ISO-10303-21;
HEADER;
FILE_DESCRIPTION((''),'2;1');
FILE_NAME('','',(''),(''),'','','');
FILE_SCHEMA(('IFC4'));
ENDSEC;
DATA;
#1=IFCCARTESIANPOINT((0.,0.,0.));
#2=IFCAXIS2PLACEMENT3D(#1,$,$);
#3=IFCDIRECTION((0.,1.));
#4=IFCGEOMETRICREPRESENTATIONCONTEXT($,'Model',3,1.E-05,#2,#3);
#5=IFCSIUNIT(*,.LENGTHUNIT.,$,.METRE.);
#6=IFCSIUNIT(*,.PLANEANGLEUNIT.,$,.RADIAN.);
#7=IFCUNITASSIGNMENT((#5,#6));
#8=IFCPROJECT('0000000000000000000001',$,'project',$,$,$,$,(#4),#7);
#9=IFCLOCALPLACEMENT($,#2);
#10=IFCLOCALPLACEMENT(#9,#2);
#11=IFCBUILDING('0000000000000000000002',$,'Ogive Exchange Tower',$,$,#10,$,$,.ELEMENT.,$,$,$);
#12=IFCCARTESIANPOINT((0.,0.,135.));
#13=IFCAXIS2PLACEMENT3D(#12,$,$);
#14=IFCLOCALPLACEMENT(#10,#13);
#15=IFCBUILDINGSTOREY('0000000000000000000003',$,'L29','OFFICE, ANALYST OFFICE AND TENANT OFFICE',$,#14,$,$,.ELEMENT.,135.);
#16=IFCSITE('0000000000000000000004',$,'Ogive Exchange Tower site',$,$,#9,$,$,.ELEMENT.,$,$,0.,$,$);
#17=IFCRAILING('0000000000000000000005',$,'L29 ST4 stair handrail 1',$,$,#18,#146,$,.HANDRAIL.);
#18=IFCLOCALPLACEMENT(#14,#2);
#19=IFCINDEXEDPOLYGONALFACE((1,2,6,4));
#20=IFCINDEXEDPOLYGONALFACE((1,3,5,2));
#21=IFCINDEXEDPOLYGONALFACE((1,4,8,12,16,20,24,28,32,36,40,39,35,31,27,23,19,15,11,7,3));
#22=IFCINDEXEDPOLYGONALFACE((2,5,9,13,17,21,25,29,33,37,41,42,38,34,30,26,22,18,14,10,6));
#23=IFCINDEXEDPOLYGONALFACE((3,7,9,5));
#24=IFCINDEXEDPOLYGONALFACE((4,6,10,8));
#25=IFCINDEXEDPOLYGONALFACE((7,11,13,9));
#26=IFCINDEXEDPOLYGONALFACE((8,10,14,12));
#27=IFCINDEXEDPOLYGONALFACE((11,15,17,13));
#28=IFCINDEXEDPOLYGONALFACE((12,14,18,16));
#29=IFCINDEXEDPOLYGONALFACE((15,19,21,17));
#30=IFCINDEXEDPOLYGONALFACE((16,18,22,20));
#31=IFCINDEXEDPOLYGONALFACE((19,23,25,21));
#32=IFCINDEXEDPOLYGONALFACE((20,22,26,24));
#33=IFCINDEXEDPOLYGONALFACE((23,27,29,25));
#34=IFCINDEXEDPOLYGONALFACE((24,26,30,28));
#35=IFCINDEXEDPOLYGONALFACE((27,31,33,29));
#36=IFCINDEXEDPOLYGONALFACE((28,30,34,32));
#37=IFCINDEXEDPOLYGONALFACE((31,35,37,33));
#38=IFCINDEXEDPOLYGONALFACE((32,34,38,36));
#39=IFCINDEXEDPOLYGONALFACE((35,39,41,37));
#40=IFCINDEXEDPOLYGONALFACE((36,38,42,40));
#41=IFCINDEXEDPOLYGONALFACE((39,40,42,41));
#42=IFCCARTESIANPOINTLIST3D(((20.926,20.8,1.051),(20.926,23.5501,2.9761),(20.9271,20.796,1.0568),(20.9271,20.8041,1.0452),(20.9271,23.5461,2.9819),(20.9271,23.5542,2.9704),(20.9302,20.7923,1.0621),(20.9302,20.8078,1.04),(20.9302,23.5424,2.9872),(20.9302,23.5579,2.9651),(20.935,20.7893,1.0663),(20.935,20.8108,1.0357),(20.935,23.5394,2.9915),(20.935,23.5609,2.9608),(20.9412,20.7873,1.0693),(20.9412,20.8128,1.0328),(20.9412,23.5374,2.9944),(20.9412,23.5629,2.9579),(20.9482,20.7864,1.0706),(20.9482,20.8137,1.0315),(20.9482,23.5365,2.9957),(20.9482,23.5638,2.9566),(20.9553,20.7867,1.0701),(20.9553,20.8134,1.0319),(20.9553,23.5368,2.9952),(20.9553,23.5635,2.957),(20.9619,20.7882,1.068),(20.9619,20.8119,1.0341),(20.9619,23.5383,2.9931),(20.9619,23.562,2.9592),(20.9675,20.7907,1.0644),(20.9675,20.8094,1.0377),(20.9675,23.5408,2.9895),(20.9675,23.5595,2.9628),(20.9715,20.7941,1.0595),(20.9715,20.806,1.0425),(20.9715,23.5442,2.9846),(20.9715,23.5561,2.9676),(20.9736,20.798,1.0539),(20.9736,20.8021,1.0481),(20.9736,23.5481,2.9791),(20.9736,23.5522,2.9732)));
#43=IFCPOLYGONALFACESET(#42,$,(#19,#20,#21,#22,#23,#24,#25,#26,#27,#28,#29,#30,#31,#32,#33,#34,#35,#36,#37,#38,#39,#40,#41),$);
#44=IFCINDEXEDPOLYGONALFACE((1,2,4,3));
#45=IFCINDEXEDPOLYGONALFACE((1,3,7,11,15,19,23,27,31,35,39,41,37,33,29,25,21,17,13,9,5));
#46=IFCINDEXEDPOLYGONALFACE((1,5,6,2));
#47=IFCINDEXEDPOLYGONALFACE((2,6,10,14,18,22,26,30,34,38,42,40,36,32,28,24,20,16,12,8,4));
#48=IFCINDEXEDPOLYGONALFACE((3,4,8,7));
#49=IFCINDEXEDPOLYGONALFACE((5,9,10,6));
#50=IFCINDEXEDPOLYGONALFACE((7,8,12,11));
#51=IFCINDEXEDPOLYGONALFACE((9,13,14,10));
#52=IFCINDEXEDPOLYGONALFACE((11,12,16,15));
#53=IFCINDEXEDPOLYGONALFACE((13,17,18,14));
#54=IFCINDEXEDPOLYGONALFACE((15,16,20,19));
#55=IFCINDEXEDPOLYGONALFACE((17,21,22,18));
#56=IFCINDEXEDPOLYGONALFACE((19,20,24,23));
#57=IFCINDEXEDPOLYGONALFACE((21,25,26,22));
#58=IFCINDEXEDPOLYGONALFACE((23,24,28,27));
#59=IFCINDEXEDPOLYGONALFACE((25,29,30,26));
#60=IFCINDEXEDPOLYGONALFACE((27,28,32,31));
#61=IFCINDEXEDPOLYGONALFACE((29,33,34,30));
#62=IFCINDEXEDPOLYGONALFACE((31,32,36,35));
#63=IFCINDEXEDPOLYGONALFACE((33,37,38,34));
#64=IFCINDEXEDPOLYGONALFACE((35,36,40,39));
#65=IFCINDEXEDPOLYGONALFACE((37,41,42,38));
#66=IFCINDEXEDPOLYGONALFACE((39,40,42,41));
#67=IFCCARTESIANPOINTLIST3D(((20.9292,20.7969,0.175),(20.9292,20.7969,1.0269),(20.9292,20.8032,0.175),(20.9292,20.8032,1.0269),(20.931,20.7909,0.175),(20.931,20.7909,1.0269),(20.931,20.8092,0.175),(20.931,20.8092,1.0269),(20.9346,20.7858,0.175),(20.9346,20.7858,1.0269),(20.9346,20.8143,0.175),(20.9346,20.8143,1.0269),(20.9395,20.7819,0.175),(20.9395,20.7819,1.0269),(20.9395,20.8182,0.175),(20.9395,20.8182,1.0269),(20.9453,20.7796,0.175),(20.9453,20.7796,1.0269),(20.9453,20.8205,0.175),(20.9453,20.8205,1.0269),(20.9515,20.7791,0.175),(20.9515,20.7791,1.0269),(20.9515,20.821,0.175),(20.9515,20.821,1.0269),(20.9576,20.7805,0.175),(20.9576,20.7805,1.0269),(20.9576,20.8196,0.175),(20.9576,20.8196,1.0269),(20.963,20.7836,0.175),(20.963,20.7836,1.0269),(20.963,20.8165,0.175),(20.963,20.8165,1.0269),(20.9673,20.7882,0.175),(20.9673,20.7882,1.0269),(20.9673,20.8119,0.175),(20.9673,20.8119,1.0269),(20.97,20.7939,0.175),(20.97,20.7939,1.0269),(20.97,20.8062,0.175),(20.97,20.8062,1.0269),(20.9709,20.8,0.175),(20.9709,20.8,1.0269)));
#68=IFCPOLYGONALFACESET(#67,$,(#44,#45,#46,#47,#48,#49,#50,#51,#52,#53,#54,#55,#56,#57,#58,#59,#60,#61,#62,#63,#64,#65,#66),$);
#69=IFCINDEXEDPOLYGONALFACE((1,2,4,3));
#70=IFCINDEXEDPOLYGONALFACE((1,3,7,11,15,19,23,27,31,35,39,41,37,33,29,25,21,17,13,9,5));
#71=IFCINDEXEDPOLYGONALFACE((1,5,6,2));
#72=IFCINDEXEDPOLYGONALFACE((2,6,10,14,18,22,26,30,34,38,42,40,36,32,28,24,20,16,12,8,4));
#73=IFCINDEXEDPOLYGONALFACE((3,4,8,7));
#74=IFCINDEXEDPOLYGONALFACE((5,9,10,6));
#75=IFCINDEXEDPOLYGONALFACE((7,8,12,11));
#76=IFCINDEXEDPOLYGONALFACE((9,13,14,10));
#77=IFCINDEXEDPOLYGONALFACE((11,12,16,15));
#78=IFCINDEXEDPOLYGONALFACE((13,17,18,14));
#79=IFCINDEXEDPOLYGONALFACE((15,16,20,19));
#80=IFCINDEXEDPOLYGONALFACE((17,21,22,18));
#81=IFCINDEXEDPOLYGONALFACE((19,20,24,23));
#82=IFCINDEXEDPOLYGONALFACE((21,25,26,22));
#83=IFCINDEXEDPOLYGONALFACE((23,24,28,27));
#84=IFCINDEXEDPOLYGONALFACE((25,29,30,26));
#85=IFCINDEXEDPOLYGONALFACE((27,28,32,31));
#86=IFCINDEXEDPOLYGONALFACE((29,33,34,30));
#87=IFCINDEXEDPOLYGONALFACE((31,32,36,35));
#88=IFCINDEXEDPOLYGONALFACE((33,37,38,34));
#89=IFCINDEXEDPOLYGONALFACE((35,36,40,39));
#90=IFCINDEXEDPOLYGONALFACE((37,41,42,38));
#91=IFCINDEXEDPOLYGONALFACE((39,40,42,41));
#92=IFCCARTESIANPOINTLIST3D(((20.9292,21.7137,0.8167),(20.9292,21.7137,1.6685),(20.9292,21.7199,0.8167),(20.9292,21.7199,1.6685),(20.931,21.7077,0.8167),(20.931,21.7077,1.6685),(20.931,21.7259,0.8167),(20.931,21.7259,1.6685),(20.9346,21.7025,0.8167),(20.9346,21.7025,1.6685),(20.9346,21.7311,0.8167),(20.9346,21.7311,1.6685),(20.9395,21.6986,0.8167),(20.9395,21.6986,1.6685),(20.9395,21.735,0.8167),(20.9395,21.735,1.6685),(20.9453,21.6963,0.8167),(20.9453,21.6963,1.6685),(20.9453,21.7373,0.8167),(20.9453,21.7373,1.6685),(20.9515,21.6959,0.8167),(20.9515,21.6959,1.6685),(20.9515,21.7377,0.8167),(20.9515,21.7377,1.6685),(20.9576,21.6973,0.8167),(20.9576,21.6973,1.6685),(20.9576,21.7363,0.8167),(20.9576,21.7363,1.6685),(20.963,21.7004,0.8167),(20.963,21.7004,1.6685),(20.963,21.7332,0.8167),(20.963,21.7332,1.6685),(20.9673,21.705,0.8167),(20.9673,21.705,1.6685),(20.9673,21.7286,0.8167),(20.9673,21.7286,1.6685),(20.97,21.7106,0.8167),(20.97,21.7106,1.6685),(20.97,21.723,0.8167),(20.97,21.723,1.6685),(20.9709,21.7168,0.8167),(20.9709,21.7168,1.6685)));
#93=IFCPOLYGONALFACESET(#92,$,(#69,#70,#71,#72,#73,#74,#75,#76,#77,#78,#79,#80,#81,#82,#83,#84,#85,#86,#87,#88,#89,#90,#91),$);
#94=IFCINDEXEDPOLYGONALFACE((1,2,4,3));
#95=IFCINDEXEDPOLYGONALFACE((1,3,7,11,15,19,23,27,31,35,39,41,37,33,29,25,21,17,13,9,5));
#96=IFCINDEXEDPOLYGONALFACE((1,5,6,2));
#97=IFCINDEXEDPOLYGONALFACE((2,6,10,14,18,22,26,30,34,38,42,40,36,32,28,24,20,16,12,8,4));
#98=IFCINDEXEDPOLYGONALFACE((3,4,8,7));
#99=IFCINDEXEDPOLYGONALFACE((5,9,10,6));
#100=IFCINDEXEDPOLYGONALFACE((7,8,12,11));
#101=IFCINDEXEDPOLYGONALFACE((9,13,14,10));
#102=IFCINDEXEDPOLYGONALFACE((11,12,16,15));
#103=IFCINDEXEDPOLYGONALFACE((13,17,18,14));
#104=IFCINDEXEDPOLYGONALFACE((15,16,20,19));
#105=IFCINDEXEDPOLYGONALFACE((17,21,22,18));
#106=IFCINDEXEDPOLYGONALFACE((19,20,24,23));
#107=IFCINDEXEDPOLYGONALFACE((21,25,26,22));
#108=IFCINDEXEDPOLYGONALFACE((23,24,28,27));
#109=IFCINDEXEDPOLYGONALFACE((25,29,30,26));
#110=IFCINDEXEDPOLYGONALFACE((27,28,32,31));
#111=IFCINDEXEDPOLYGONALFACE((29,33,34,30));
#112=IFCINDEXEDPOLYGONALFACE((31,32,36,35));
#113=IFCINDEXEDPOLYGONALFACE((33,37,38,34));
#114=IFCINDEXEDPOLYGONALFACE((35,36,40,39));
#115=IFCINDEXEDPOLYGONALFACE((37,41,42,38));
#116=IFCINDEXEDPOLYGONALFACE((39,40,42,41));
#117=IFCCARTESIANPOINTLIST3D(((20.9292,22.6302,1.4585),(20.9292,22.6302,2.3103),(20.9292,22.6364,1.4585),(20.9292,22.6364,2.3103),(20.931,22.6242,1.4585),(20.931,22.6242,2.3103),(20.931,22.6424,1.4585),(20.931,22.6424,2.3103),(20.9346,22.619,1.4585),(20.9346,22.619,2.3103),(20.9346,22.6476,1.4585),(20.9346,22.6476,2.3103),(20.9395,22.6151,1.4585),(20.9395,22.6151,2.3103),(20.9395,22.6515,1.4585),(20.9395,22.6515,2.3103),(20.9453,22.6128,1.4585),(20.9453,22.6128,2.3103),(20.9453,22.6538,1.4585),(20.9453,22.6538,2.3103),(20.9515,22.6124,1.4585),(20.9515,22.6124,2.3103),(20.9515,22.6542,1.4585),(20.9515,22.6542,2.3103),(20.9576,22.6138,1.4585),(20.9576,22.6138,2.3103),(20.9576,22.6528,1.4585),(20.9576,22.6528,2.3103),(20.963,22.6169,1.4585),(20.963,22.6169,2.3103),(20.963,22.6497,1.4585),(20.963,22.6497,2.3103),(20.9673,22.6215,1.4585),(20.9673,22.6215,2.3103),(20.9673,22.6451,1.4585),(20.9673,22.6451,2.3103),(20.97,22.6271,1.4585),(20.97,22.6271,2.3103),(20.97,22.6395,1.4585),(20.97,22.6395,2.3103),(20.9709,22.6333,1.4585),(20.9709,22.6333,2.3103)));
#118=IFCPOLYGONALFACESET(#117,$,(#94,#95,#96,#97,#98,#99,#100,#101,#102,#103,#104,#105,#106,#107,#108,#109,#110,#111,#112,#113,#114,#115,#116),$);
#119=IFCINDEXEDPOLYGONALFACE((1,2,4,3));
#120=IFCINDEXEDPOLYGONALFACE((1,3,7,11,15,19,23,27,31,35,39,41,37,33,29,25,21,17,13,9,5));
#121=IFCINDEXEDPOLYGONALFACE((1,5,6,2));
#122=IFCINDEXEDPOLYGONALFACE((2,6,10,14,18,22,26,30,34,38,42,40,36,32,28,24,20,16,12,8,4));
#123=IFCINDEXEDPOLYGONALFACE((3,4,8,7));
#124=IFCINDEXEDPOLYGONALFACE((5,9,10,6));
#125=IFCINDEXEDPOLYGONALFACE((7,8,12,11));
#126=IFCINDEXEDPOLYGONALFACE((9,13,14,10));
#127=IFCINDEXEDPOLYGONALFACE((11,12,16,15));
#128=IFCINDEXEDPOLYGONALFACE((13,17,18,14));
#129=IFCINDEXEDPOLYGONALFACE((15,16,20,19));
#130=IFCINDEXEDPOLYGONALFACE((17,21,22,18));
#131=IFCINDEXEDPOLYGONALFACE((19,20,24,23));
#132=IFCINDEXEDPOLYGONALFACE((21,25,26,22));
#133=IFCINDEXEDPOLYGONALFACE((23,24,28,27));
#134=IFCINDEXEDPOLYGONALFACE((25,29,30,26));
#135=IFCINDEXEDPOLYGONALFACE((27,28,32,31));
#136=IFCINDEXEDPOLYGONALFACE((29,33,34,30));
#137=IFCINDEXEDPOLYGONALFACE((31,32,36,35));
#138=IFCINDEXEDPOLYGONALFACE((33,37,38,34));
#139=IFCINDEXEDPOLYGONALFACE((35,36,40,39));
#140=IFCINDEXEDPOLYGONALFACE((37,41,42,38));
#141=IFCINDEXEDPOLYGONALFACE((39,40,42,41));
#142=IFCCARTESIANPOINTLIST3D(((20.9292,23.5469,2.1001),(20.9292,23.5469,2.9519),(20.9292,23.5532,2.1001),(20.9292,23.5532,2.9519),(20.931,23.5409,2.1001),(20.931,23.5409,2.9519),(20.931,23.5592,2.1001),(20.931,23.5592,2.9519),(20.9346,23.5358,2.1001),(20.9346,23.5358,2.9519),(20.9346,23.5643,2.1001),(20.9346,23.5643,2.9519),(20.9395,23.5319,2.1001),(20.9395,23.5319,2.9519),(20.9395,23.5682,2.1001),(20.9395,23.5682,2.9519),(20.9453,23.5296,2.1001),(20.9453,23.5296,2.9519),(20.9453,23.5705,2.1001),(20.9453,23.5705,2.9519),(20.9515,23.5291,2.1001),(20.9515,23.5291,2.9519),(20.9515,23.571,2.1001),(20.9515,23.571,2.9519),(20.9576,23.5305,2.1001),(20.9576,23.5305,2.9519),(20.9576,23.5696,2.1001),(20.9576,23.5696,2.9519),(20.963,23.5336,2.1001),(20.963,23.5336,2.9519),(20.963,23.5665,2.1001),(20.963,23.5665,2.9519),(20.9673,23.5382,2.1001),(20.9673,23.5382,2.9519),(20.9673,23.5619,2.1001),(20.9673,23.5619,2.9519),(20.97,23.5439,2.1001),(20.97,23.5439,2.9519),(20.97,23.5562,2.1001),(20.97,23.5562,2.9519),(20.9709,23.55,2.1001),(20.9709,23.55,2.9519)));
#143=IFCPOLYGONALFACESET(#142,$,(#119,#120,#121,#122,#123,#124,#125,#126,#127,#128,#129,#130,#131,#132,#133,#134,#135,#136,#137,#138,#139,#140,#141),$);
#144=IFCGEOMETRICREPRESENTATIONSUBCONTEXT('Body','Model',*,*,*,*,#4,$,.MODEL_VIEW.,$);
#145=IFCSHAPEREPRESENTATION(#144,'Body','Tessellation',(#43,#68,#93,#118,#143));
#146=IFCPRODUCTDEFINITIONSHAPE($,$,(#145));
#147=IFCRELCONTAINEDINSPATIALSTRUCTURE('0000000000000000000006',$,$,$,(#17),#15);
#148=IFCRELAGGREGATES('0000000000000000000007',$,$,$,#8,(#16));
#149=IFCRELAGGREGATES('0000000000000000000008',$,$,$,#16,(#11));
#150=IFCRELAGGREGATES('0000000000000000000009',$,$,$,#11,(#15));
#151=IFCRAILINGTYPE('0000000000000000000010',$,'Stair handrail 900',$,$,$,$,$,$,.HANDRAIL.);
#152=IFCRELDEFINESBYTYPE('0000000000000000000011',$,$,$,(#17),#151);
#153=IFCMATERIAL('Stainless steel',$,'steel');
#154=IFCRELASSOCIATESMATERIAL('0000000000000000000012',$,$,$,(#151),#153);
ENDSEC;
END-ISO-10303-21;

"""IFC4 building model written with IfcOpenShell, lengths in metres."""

from ifc_helpers import new_model, si_unit, direction, frame, origin, origin_2d, place, context, subcontext, project, spatial, circle, extrude, material, type_object, element, save


model = new_model("IFC4")

# Units and contexts
model_context = context("Model", 3, precision=1e-05, world=origin(), true_north=direction((0.0, 1.0)))
body_context = subcontext(model_context, "Body", "Model", "MODEL_VIEW")
ifc_project = project(units=[si_unit("LENGTHUNIT", "METRE"), si_unit("PLANEANGLEUNIT", "RADIAN")], contexts=[model_context])

# Site, building, storey
site_placement = place(None, origin())
site = spatial("IfcSite", under=ifc_project, at=site_placement, Name="Ogive Exchange Tower site", CompositionType="ELEMENT", RefElevation=0.0)
building_placement = place(site_placement, origin())
building = spatial("IfcBuilding", under=site, at=building_placement, Name="Ogive Exchange Tower", CompositionType="ELEMENT")
storey_placement = place(building_placement, frame((0.0, 0.0, 135.0)))
storey = spatial("IfcBuildingStorey", under=building, at=storey_placement, Name="L29", Description="OFFICE, ANALYST OFFICE AND TENANT OFFICE", CompositionType="ELEMENT", Elevation=135.0)

# Railing
ifc_material_1 = material(Name="Stainless steel", Category="steel")
railing_type = type_object("IfcRailingType", Name="Stair handrail 900", PredefinedType="HANDRAIL", material=ifc_material_1)
railing_placement = place(storey_placement, frame((20.95, 20.8, 0.175)))
element("IfcRailing", 1, at=railing_placement, inside=storey, type_object=railing_type, Name="L29 ST4 stair handrail 1", PredefinedType="HANDRAIL", context=body_context, shape_type="SweptSolid", body=[
    extrude(circle(Radius=0.0239, at=origin_2d()), frame((0.0, 0.0, 0.876), z_axis=(0.0, 0.819225, 0.573472), x_axis=(-1.0, 0.0, 0.0)), (0.0, 0.0, 1.0), 3.3569),
    extrude(circle(Radius=0.021, at=origin_2d()), origin(), (0.0, 0.0, 1.0), 0.8518),
    extrude(circle(Radius=0.021, at=origin_2d()), frame((0.0, 0.9167, 0.6416)), (0.0, 0.0, 1.0), 0.8518),
    extrude(circle(Radius=0.021, at=origin_2d()), frame((0.0, 1.8333, 1.2834)), (0.0, 0.0, 1.0), 0.8518),
    extrude(circle(Radius=0.021, at=origin_2d()), frame((0.0, 2.75, 1.925)), (0.0, 0.0, 1.0), 0.8518),
])

save(model, "model.ifc")
